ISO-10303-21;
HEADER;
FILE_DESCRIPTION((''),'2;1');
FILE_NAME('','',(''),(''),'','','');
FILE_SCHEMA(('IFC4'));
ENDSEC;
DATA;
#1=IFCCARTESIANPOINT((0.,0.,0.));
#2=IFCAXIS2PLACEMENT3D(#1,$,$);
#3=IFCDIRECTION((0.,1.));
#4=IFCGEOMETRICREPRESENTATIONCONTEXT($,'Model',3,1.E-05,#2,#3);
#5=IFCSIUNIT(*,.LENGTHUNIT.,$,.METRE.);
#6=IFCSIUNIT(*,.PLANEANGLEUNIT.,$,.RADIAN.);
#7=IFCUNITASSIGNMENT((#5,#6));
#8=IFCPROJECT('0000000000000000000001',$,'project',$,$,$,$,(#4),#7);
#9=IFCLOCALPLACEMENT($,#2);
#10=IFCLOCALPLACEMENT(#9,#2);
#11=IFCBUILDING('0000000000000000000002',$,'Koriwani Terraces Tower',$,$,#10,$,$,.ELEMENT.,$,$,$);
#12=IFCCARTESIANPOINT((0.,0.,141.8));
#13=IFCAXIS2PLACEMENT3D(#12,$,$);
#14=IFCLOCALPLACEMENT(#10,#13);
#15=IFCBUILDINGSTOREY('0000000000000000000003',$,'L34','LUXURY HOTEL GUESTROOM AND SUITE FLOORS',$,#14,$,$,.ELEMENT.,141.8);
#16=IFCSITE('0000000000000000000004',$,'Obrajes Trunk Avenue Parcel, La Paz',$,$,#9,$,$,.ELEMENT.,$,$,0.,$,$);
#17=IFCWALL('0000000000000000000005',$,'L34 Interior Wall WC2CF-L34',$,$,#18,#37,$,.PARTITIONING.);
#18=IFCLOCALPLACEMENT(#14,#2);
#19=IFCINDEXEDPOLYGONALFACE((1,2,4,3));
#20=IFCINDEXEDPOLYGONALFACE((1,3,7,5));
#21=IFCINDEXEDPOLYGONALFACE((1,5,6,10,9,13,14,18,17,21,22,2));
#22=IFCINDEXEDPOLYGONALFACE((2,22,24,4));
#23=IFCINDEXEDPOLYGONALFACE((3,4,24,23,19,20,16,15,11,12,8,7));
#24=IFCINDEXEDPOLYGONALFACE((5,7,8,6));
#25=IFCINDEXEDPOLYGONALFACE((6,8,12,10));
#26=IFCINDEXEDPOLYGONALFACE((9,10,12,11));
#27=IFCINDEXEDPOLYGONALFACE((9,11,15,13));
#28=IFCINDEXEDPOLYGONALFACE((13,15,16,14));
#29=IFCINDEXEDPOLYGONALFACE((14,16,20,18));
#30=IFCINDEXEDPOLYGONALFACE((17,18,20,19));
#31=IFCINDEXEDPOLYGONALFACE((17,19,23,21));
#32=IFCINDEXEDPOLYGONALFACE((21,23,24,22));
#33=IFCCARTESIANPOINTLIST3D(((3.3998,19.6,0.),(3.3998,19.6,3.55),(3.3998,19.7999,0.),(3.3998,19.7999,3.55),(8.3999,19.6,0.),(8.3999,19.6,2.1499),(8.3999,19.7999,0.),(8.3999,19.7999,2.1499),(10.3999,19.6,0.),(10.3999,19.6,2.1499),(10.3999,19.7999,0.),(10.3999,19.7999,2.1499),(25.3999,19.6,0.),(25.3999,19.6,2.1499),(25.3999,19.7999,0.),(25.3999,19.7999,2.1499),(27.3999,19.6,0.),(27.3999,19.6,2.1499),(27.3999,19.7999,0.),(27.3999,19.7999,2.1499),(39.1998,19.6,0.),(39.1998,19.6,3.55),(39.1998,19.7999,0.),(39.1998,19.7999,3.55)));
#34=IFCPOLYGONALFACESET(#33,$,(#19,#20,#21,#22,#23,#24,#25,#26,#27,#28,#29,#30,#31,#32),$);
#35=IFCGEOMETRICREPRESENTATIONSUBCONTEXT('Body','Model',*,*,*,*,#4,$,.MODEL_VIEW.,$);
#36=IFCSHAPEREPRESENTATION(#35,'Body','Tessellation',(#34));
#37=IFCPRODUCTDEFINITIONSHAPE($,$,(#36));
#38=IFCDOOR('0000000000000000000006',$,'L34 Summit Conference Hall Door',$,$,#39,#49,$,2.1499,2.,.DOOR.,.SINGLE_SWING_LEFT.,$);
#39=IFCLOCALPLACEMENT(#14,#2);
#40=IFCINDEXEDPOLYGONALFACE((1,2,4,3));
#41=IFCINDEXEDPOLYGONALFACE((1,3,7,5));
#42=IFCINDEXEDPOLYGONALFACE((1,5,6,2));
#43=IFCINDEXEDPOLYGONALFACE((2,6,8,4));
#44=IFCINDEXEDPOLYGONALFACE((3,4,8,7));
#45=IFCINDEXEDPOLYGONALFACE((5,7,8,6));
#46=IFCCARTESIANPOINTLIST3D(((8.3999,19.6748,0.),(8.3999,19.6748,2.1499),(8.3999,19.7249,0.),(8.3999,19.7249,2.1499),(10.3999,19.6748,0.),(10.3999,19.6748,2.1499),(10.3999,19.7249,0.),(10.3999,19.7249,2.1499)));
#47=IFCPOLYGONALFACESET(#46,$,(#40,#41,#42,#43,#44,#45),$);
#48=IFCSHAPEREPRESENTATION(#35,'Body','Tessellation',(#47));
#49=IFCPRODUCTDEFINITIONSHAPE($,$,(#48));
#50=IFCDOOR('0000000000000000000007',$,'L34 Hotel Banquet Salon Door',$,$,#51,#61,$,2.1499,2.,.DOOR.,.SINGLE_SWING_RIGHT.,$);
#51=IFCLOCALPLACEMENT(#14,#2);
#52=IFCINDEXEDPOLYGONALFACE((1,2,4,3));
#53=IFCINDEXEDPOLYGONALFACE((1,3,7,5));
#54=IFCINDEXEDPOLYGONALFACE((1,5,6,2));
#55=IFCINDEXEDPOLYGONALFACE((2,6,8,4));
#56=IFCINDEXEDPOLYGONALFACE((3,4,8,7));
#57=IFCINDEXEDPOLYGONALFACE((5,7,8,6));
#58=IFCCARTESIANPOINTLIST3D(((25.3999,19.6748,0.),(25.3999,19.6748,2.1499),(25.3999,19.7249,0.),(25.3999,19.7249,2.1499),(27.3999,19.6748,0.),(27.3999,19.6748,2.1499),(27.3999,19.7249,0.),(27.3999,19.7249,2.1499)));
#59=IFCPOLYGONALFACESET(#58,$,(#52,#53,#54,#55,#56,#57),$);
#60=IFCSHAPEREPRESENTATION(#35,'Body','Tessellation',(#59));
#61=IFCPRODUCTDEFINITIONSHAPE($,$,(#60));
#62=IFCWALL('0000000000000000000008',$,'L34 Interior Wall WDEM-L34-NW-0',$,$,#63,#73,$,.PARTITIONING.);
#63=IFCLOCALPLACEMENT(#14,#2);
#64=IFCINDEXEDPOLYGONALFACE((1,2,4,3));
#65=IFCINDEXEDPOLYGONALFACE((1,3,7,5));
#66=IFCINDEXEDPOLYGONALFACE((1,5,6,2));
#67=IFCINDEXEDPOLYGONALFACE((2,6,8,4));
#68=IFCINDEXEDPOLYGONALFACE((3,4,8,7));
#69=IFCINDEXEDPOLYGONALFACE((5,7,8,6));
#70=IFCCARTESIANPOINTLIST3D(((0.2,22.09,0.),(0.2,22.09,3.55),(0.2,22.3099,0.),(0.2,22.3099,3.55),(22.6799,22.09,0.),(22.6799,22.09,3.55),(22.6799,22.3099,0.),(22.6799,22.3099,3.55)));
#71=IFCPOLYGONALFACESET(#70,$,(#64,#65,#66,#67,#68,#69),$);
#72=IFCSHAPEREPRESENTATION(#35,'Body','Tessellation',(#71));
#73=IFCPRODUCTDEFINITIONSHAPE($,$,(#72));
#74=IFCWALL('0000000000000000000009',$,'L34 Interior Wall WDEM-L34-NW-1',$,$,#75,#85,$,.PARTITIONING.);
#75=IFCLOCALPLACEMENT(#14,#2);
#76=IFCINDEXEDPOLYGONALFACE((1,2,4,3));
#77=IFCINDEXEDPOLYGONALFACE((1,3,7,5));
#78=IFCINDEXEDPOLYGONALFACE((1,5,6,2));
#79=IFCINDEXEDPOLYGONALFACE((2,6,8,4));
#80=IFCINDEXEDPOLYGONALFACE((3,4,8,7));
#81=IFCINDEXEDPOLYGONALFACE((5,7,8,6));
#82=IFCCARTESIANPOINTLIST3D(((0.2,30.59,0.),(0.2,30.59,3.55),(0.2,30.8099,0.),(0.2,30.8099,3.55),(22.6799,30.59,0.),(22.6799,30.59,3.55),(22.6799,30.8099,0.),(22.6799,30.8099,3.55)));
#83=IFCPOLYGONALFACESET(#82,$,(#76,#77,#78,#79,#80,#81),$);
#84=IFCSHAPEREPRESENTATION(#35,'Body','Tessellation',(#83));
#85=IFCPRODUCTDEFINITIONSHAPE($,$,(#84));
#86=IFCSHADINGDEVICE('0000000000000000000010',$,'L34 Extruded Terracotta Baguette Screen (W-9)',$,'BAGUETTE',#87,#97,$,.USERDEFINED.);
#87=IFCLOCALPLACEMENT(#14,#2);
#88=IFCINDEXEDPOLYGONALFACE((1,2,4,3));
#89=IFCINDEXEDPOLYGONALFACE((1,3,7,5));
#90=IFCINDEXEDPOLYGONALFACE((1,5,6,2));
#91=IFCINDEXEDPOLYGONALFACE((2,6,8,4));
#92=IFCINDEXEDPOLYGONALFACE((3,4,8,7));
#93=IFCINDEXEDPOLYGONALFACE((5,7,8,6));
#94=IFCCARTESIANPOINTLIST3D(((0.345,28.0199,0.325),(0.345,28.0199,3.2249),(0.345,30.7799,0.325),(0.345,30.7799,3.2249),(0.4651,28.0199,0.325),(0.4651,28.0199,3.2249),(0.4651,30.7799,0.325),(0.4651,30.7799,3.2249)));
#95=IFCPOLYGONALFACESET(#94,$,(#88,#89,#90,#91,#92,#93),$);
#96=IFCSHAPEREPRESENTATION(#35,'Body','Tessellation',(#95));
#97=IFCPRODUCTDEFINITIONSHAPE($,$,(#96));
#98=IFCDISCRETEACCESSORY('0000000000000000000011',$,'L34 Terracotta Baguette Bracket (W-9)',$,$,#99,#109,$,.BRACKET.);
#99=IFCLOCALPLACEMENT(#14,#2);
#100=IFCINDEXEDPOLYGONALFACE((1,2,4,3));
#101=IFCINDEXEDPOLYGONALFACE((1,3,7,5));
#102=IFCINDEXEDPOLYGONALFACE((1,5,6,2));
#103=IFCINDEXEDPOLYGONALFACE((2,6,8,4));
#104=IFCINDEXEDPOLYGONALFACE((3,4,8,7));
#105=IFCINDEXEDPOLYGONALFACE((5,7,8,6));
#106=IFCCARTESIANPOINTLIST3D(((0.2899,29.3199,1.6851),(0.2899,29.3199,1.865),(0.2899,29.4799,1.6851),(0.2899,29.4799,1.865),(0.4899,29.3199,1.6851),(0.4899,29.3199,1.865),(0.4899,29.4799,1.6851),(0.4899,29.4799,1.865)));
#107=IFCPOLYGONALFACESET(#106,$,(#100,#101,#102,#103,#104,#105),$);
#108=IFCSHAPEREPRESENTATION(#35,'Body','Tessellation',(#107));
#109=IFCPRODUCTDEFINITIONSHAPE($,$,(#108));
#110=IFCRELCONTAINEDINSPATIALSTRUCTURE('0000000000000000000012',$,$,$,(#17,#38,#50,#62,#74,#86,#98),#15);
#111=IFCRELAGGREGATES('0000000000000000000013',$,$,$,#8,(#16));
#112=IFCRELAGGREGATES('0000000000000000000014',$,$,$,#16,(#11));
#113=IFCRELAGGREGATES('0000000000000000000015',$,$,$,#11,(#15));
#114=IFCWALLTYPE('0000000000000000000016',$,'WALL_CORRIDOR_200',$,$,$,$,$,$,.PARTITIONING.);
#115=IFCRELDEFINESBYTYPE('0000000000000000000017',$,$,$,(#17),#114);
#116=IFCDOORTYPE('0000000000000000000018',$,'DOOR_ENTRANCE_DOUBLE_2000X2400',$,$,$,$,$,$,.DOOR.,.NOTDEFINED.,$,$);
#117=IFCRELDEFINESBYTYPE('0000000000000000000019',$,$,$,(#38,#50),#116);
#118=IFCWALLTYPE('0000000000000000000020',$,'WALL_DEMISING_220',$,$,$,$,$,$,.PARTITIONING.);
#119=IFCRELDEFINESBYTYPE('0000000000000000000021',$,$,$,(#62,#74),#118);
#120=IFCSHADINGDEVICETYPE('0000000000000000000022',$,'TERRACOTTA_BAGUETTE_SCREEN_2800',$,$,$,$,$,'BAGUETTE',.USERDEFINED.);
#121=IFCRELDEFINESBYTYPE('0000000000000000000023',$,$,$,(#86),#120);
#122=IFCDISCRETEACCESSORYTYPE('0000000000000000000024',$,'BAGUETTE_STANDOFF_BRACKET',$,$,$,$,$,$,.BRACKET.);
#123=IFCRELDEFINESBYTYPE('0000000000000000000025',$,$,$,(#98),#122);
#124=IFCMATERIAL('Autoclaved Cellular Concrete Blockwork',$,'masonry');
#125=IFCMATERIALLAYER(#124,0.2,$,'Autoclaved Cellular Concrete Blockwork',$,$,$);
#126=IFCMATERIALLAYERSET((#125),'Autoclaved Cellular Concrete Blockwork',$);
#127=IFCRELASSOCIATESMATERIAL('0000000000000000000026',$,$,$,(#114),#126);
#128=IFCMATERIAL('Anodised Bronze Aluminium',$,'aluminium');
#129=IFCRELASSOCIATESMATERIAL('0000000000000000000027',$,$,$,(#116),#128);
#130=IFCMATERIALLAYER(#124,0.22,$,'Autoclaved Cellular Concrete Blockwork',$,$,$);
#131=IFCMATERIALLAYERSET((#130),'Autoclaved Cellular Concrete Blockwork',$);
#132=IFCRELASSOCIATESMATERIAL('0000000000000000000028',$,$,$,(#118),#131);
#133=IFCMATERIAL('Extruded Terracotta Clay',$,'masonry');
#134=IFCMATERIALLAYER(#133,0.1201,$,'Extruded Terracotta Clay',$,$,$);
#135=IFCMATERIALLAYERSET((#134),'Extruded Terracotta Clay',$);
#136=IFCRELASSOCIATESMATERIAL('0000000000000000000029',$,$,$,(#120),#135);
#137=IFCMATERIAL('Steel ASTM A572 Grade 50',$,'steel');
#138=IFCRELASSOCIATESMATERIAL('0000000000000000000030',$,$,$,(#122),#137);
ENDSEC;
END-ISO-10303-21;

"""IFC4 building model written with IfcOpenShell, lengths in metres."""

from ifc_helpers import new_model, si_unit, direction, frame, frame_2d, origin, origin_2d, place, context, subcontext, project, spatial, rectangle, extrude, material, layer, layer_set, type_object, element, fill, save


model = new_model("IFC4")

# Units and contexts
model_context = context("Model", 3, precision=1e-05, world=origin(), true_north=direction((0.0, 1.0)))
body_context = subcontext(model_context, "Body", "Model", "MODEL_VIEW")
ifc_project = project(units=[si_unit("LENGTHUNIT", "METRE"), si_unit("PLANEANGLEUNIT", "RADIAN")], contexts=[model_context])

# Site, building, storey
site_placement = place(None, origin())
site = spatial("IfcSite", under=ifc_project, at=site_placement, Name="Obrajes Trunk Avenue Parcel, La Paz", CompositionType="ELEMENT", RefElevation=0.0)
building_placement = place(site_placement, origin())
building = spatial("IfcBuilding", under=site, at=building_placement, Name="Koriwani Terraces Tower", CompositionType="ELEMENT")
storey_placement = place(building_placement, frame((0.0, 0.0, 141.8)))
storey = spatial("IfcBuildingStorey", under=building, at=storey_placement, Name="L34", Description="LUXURY HOTEL GUESTROOM AND SUITE FLOORS", CompositionType="ELEMENT", Elevation=141.8)

# Shared definitions
ifc_material_1 = material(Name="Steel ASTM A572 Grade 50", Category="steel")

# Wall, openings, doors
ifc_material_2 = material(Name="Autoclaved Cellular Concrete Blockwork", Category="masonry")
ifc_layer_1 = layer(ifc_material_2, 0.2, Name="Autoclaved Cellular Concrete Blockwork")
ifc_layer_set_1 = layer_set([ifc_layer_1], Name="Autoclaved Cellular Concrete Blockwork")
wall_type_1 = type_object("IfcWallType", Name="WALL_CORRIDOR_200", PredefinedType="PARTITIONING", material=ifc_layer_set_1)
wall_placement = place(storey_placement, frame((3.3999, 19.7, 0.0), z_axis=(0.0, 0.0, 1.0), x_axis=(1.0, 0.0, 0.0)))
wall = element("IfcWall", 1, at=wall_placement, inside=storey, type_object=wall_type_1, Name="L34 Interior Wall WC2CF-L34", PredefinedType="PARTITIONING", context=body_context, shape_type="SweptSolid", body=[
    extrude(rectangle(XDim=35.8, YDim=0.2, at=frame_2d((17.8999, 0.0))), origin(), (0.0, 0.0, 1.0), 3.55),
])
opening_1_placement = place(wall_placement, frame((5.0, 0.0, 0.0)))
opening_1 = element("IfcOpeningElement", 2, at=opening_1_placement, cuts=wall, PredefinedType="OPENING", context=body_context, shape_type="SweptSolid", body=[
    extrude(rectangle(XDim=2.0, YDim=2.1499, at=frame_2d((1.0, 1.075))), frame((0.0, 0.1099, 0.0), z_axis=(0.0, -1.0, 0.0), x_axis=(1.0, 0.0, 0.0)), (0.0, 0.0, 1.0), 0.22),
])
opening_2_placement = place(wall_placement, frame((22.0, 0.0, 0.0)))
opening_2 = element("IfcOpeningElement", 3, at=opening_2_placement, cuts=wall, PredefinedType="OPENING", context=body_context, shape_type="SweptSolid", body=[
    extrude(rectangle(XDim=2.0, YDim=2.1499, at=frame_2d((1.0, 1.075))), frame((0.0, 0.1099, 0.0), z_axis=(0.0, -1.0, 0.0), x_axis=(1.0, 0.0, 0.0)), (0.0, 0.0, 1.0), 0.22),
])
ifc_material_3 = material(Name="Anodised Bronze Aluminium", Category="aluminium")
door_type = type_object("IfcDoorType", Name="DOOR_ENTRANCE_DOUBLE_2000X2400", OperationType="NOTDEFINED", PredefinedType="DOOR", material=ifc_material_3)
door_1_placement = place(opening_1_placement, origin())
door_1 = element("IfcDoor", 4, at=door_1_placement, inside=storey, type_object=door_type, Name="L34 Summit Conference Hall Door", OperationType="SINGLE_SWING_LEFT", OverallHeight=2.1499, OverallWidth=2.0, PredefinedType="DOOR", context=body_context, shape_type="SweptSolid", body=[
    extrude(rectangle(XDim=2.0, YDim=2.1499, at=frame_2d((1.0, 1.075))), frame((0.0, 0.0249, 0.0), z_axis=(0.0, -1.0, 0.0), x_axis=(1.0, 0.0, 0.0)), (0.0, 0.0, 1.0), 0.05),
])
fill(opening_1, door_1)
door_2_placement = place(opening_2_placement, origin())
door_2 = element("IfcDoor", 5, at=door_2_placement, inside=storey, type_object=door_type, Name="L34 Hotel Banquet Salon Door", OperationType="SINGLE_SWING_RIGHT", OverallHeight=2.1499, OverallWidth=2.0, PredefinedType="DOOR", context=body_context, shape_type="SweptSolid", body=[
    extrude(rectangle(XDim=2.0, YDim=2.1499, at=frame_2d((1.0, 1.075))), frame((0.0, 0.0249, 0.0), z_axis=(0.0, -1.0, 0.0), x_axis=(1.0, 0.0, 0.0)), (0.0, 0.0, 1.0), 0.05),
])
fill(opening_2, door_2)

# Walls
ifc_layer_2 = layer(ifc_material_2, 0.22, Name="Autoclaved Cellular Concrete Blockwork")
ifc_layer_set_2 = layer_set([ifc_layer_2], Name="Autoclaved Cellular Concrete Blockwork")
wall_type_2 = type_object("IfcWallType", Name="WALL_DEMISING_220", PredefinedType="PARTITIONING", material=ifc_layer_set_2)
for number, where, z_axis, x_axis, name in (
    (6, (0.2, 22.2, 0.0), (0.0, 0.0, 1.0), (1.0, 0.0, 0.0), "L34 Interior Wall WDEM-L34-NW-0"),
    (7, (0.2, 30.7, 0.0), (0.0, 0.0, 1.0), (1.0, 0.0, 0.0), "L34 Interior Wall WDEM-L34-NW-1"),
):
    element("IfcWall", number, at=place(storey_placement, frame(where, z_axis=z_axis, x_axis=x_axis)), inside=storey, type_object=wall_type_2, Name=name, PredefinedType="PARTITIONING", context=body_context, shape_type="SweptSolid", body=[
        extrude(rectangle(XDim=22.48, YDim=0.22, at=frame_2d((11.24, 0.0))), origin(), (0.0, 0.0, 1.0), 3.55),
    ])

# Shading device
ifc_material_4 = material(Name="Extruded Terracotta Clay", Category="masonry")
ifc_layer_3 = layer(ifc_material_4, 0.1201, Name="Extruded Terracotta Clay")
ifc_layer_set_3 = layer_set([ifc_layer_3], Name="Extruded Terracotta Clay")
shading_device_type = type_object("IfcShadingDeviceType", Name="TERRACOTTA_BAGUETTE_SCREEN_2800", ElementType="BAGUETTE", PredefinedType="USERDEFINED", material=ifc_layer_set_3)
shading_device_placement = place(storey_placement, frame((0.405, 29.3999, 0.325), z_axis=(0.0, 0.0, 1.0), x_axis=(0.0, 1.0, 0.0)))
element("IfcShadingDevice", 8, at=shading_device_placement, inside=storey, type_object=shading_device_type, Name="L34 Extruded Terracotta Baguette Screen (W-9)", ObjectType="BAGUETTE", PredefinedType="USERDEFINED", context=body_context, shape_type="SweptSolid", body=[
    extrude(rectangle(XDim=2.76, YDim=0.1201, at=origin_2d()), origin(), (0.0, 0.0, 1.0), 2.8999),
])

# Discrete accessory
discrete_accessory_type = type_object("IfcDiscreteAccessoryType", Name="BAGUETTE_STANDOFF_BRACKET", PredefinedType="BRACKET", material=ifc_material_1)
discrete_accessory_placement = place(storey_placement, frame((0.3899, 29.3999, 1.6851), z_axis=(0.0, 0.0, 1.0), x_axis=(0.0, 1.0, 0.0)))
element("IfcDiscreteAccessory", 9, at=discrete_accessory_placement, inside=storey, type_object=discrete_accessory_type, Name="L34 Terracotta Baguette Bracket (W-9)", PredefinedType="BRACKET", context=body_context, shape_type="SweptSolid", body=[
    extrude(rectangle(XDim=0.1599, YDim=0.2, at=origin_2d()), origin(), (0.0, 0.0, 1.0), 0.1799),
])

save(model, "model.ifc")
